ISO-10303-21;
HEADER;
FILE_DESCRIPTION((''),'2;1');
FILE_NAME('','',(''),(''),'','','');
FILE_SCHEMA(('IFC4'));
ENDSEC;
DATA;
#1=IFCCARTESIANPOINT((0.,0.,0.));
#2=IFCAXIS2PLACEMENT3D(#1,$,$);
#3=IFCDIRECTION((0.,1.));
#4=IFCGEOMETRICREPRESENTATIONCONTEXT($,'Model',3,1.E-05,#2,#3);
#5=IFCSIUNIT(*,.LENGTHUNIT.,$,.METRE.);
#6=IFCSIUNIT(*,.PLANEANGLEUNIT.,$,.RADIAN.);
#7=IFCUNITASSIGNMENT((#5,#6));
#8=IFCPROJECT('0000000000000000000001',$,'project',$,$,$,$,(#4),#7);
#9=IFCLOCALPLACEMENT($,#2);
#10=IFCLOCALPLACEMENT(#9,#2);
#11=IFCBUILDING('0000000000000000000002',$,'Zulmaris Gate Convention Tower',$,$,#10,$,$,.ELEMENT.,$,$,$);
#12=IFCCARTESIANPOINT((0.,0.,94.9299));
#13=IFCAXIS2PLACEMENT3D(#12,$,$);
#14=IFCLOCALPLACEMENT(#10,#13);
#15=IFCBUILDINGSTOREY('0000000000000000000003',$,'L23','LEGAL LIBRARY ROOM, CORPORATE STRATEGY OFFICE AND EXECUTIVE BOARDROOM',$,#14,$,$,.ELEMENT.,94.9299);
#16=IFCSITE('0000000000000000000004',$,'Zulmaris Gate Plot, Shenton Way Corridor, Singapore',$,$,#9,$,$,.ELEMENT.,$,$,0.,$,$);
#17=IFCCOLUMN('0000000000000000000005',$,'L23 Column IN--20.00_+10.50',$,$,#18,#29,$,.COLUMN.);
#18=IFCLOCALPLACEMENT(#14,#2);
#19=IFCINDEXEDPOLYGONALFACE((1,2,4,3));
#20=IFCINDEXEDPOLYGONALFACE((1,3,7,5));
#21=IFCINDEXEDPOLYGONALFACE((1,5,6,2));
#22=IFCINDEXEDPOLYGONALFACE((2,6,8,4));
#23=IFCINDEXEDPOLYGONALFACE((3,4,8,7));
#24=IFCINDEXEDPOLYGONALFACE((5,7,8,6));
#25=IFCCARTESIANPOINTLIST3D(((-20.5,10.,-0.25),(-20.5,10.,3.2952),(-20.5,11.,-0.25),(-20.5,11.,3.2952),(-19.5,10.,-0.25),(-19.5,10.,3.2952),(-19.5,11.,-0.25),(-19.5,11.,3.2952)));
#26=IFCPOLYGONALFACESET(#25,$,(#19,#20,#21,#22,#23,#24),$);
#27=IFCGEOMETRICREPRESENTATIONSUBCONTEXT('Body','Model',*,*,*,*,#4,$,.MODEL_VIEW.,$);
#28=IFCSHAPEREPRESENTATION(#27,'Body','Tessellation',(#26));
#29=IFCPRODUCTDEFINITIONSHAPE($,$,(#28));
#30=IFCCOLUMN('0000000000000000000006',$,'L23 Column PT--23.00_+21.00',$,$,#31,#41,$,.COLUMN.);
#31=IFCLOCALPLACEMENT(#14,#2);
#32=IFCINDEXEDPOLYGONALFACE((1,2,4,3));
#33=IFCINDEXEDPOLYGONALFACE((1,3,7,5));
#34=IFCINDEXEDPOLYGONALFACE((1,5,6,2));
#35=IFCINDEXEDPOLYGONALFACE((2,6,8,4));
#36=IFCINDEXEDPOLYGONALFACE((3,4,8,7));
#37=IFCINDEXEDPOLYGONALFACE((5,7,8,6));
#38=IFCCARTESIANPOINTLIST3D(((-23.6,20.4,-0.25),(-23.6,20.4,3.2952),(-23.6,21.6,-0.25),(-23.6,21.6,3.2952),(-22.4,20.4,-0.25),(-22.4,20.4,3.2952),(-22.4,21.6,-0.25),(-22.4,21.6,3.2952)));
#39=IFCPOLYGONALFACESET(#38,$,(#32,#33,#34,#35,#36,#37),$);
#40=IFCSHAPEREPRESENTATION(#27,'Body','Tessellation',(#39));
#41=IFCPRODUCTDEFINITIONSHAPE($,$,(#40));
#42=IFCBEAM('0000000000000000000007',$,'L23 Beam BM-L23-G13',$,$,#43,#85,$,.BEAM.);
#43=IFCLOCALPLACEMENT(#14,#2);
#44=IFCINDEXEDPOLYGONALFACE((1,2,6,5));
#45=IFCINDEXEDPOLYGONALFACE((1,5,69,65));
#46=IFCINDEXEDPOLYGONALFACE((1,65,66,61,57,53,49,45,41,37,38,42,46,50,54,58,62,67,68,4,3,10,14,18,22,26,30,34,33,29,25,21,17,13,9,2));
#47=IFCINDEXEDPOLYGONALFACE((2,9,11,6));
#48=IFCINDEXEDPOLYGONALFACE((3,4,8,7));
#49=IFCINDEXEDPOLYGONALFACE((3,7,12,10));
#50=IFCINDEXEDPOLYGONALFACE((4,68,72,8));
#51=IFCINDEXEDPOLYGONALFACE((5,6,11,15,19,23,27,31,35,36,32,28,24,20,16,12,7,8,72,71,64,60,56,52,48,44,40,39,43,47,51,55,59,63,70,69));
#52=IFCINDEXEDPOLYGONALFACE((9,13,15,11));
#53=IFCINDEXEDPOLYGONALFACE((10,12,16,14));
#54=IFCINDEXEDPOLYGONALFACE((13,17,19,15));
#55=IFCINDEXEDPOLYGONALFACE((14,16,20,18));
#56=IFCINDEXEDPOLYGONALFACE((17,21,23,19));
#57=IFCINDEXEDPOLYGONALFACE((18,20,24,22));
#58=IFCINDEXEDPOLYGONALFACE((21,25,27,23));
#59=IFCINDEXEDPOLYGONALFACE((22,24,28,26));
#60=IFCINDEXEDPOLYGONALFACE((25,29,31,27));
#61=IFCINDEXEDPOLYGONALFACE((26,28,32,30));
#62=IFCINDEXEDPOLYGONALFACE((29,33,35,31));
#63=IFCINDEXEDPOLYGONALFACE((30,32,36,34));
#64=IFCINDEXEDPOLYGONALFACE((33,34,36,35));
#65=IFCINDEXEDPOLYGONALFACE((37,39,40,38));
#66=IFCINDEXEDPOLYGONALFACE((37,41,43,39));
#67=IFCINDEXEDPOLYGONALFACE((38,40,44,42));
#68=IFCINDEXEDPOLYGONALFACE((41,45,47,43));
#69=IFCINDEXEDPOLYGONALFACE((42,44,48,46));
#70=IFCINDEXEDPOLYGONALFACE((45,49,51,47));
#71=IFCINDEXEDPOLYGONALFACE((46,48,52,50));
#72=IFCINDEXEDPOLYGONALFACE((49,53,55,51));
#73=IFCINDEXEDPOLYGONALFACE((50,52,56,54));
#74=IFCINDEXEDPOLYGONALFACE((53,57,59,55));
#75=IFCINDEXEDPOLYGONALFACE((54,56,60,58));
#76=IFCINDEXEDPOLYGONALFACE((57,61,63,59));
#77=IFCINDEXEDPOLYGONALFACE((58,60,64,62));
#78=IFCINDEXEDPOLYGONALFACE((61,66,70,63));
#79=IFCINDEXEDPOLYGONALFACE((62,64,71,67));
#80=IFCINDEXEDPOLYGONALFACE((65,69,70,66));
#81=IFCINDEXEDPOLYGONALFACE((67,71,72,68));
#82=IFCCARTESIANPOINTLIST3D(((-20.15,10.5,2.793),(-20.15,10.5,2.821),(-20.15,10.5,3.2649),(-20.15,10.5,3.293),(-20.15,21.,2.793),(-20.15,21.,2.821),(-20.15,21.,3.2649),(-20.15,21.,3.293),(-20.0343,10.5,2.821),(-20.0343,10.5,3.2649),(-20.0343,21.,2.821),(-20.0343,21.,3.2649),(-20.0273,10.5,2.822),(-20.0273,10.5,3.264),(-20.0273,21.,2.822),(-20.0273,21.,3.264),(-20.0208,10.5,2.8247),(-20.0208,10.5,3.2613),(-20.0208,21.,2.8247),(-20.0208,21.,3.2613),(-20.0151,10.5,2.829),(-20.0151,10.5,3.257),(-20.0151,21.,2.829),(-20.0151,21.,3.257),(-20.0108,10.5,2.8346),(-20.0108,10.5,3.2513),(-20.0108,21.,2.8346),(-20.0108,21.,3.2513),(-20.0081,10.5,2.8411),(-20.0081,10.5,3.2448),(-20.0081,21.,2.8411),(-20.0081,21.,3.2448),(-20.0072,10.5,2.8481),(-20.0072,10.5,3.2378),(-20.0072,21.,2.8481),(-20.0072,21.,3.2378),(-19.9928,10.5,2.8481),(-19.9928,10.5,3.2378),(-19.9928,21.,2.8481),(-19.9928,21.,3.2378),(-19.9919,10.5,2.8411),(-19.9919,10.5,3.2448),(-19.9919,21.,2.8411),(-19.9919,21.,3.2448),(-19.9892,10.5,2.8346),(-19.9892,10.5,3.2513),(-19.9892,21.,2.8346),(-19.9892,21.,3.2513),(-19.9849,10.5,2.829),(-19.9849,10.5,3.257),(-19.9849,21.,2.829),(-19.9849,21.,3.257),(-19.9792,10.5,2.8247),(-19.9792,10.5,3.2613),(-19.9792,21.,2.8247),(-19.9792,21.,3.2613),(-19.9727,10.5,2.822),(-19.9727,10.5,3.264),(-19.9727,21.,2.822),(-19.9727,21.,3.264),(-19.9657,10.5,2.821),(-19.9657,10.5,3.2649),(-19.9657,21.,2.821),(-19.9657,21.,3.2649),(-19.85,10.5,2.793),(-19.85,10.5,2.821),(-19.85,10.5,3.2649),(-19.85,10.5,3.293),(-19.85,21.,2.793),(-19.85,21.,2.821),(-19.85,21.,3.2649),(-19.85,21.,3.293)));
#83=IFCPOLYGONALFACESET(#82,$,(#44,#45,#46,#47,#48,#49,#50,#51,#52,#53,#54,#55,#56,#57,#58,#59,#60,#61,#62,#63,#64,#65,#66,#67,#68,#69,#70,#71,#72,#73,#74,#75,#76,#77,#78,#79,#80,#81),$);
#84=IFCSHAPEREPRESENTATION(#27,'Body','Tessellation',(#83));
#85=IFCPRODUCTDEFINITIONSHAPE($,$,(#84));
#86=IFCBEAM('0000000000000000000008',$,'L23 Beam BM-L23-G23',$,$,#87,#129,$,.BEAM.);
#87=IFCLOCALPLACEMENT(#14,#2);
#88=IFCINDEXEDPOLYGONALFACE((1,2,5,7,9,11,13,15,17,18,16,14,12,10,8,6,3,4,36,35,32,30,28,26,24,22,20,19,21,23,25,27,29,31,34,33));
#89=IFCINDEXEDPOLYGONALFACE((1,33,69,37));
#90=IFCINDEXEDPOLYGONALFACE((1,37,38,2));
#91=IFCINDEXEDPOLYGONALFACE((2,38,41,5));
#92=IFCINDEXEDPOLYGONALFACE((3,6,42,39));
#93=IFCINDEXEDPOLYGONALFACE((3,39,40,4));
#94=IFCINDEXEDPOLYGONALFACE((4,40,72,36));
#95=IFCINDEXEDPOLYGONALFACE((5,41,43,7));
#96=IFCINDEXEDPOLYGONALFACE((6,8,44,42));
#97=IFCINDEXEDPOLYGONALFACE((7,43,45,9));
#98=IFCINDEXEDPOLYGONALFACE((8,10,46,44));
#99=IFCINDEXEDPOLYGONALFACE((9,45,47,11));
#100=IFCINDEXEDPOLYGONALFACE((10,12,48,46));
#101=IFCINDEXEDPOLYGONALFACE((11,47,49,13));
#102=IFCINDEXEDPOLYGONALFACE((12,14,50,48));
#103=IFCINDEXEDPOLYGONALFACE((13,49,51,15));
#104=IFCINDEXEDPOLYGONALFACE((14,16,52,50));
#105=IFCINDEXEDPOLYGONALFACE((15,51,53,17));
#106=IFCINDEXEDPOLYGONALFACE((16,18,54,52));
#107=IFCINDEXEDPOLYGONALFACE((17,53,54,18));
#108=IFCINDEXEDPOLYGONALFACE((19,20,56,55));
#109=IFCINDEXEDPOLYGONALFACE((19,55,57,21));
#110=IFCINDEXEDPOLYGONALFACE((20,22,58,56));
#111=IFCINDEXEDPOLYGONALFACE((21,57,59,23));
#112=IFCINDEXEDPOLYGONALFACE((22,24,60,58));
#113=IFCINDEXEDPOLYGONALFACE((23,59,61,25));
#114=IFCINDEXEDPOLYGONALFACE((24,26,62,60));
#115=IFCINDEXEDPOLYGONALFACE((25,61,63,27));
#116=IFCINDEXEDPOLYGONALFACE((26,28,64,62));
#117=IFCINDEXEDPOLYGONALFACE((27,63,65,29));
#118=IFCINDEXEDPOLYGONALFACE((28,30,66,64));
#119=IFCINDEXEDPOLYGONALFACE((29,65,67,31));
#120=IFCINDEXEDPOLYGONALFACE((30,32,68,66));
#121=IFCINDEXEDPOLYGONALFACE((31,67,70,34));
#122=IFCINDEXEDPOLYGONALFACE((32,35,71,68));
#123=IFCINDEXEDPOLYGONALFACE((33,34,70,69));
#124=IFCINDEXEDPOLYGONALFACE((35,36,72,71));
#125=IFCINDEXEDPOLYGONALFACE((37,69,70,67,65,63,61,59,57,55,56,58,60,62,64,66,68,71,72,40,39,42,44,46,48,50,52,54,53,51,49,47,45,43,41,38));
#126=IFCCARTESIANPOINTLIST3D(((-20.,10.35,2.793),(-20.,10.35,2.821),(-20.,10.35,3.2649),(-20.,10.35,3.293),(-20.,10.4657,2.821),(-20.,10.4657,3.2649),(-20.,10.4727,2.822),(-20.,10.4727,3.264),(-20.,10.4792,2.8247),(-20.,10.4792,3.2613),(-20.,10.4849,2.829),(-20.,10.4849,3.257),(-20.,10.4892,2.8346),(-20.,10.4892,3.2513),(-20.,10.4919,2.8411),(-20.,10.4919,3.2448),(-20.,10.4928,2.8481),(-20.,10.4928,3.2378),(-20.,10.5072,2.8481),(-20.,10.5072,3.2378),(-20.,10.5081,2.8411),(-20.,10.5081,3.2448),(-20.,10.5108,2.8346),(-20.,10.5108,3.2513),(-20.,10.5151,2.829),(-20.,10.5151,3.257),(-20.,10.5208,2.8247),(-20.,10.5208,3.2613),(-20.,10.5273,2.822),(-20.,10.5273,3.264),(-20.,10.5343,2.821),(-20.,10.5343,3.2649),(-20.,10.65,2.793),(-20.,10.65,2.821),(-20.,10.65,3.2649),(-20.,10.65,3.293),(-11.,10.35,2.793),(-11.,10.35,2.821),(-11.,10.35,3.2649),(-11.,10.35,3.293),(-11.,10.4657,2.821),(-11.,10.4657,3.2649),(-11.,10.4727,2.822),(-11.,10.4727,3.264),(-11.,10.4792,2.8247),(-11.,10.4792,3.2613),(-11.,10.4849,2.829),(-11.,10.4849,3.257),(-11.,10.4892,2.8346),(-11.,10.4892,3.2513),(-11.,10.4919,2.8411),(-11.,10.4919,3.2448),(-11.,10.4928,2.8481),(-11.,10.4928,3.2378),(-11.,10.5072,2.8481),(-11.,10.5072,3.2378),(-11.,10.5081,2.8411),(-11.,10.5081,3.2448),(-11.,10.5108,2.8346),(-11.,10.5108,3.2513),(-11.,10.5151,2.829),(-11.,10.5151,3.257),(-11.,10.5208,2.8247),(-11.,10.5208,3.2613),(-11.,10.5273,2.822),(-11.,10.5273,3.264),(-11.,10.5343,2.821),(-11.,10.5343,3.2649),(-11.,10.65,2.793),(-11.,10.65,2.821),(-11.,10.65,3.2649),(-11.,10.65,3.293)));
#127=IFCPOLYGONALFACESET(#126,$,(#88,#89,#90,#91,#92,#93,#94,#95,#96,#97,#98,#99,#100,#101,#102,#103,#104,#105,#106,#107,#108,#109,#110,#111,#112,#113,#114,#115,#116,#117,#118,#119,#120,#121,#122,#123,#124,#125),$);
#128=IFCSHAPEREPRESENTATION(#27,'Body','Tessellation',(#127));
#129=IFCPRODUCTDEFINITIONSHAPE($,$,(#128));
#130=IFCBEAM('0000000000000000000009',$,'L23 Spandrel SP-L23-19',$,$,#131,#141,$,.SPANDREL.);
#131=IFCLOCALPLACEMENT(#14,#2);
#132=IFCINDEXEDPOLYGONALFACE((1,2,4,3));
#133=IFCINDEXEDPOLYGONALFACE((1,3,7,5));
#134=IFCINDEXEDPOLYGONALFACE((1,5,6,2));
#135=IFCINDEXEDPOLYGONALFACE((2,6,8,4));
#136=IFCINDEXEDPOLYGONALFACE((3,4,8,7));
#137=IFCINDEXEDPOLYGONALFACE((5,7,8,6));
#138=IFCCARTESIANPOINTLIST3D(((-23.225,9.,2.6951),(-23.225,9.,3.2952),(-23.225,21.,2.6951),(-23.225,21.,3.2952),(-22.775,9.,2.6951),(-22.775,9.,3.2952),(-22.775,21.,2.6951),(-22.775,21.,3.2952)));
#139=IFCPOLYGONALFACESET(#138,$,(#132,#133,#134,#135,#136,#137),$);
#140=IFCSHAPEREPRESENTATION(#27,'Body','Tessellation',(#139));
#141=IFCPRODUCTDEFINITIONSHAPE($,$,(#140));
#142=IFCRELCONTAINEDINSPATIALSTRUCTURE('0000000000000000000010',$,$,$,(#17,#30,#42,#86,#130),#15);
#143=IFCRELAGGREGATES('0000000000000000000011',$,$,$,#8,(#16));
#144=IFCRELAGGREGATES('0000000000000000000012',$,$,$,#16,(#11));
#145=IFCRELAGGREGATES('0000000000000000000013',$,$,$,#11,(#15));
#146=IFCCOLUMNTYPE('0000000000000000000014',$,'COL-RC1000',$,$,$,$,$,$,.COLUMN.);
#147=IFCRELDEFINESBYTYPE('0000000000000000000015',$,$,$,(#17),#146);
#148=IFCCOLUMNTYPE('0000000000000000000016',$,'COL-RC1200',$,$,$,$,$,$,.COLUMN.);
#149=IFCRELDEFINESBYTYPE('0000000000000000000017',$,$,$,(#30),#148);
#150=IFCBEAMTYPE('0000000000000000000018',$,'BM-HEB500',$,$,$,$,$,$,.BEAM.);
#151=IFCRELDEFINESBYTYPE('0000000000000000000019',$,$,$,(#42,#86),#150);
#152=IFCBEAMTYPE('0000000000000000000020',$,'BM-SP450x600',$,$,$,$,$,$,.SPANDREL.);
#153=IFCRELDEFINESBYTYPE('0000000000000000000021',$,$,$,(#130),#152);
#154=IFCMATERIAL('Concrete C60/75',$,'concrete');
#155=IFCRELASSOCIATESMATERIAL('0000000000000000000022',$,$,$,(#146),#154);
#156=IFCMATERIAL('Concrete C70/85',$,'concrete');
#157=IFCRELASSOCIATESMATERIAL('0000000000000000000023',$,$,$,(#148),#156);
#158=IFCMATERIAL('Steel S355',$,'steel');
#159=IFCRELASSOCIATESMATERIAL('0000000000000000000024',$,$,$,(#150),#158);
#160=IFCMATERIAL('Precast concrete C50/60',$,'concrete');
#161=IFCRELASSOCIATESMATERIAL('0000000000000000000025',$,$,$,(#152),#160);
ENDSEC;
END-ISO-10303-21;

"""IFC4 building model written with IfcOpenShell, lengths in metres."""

from ifc_helpers import new_model, si_unit, direction, frame, origin, origin_2d, place, context, subcontext, project, spatial, rectangle, i_section, extrude, material, material_profile, profile_set, type_object, element, save


model = new_model("IFC4")

# Units and contexts
model_context = context("Model", 3, precision=1e-05, world=origin(), true_north=direction((0.0, 1.0)))
body_context = subcontext(model_context, "Body", "Model", "MODEL_VIEW")
ifc_project = project(units=[si_unit("LENGTHUNIT", "METRE"), si_unit("PLANEANGLEUNIT", "RADIAN")], contexts=[model_context])

# Site, building, storey
site_placement = place(None, origin())
site = spatial("IfcSite", under=ifc_project, at=site_placement, Name="Zulmaris Gate Plot, Shenton Way Corridor, Singapore", CompositionType="ELEMENT", RefElevation=0.0)
building_placement = place(site_placement, origin())
building = spatial("IfcBuilding", under=site, at=building_placement, Name="Zulmaris Gate Convention Tower", CompositionType="ELEMENT")
storey_placement = place(building_placement, frame((0.0, 0.0, 94.9299)))
storey = spatial("IfcBuildingStorey", under=building, at=storey_placement, Name="L23", Description="LEGAL LIBRARY ROOM, CORPORATE STRATEGY OFFICE AND EXECUTIVE BOARDROOM", CompositionType="ELEMENT", Elevation=94.9299)

# Columns
ifc_material_1 = material(Name="Concrete C60/75", Category="concrete")
ifc_material_profile_1 = material_profile(ifc_material_1, rectangle(XDim=1.0, YDim=1.0, at=origin_2d()), Name="RC COL 1000x1000")
ifc_profile_set_1 = profile_set([ifc_material_profile_1], Name="Concrete C60/75")
column_type_1 = type_object("IfcColumnType", Name="COL-RC1000", PredefinedType="COLUMN", material=ifc_profile_set_1)
column_1_placement = place(storey_placement, frame((-20.0, 10.5, -0.25), z_axis=(0.0, 0.0, 1.0), x_axis=(1.0, 0.0, 0.0)))
element("IfcColumn", 1, at=column_1_placement, inside=storey, type_object=column_type_1, Name="L23 Column IN--20.00_+10.50", PredefinedType="COLUMN", context=body_context, shape_type="SweptSolid", body=[
    extrude(rectangle(XDim=1.0, YDim=1.0, at=origin_2d()), origin(), (0.0, 0.0, 1.0), 3.5452),
])
ifc_material_2 = material(Name="Concrete C70/85", Category="concrete")
ifc_material_profile_2 = material_profile(ifc_material_2, rectangle(XDim=1.2, YDim=1.2, at=origin_2d()), Name="RC COL 1200x1200")
ifc_profile_set_2 = profile_set([ifc_material_profile_2], Name="Concrete C70/85")
column_type_2 = type_object("IfcColumnType", Name="COL-RC1200", PredefinedType="COLUMN", material=ifc_profile_set_2)
column_2_placement = place(storey_placement, frame((-23.0, 21.0, -0.25), z_axis=(0.0, 0.0, 1.0), x_axis=(1.0, 0.0, 0.0)))
element("IfcColumn", 2, at=column_2_placement, inside=storey, type_object=column_type_2, Name="L23 Column PT--23.00_+21.00", PredefinedType="COLUMN", context=body_context, shape_type="SweptSolid", body=[
    extrude(rectangle(XDim=1.2, YDim=1.2, at=origin_2d()), origin(), (0.0, 0.0, 1.0), 3.5452),
])

# Beams
ifc_material_3 = material(Name="Steel S355", Category="steel")
ifc_material_profile_3 = material_profile(ifc_material_3, i_section(OverallWidth=0.3, OverallDepth=0.5, WebThickness=0.0144, FlangeThickness=0.0281, FilletRadius=0.0271, at=origin_2d()), Name="HEB 500")
ifc_profile_set_3 = profile_set([ifc_material_profile_3], Name="Steel S355")
beam_type_1 = type_object("IfcBeamType", Name="BM-HEB500", PredefinedType="BEAM", material=ifc_profile_set_3)
beam_1_placement = place(storey_placement, frame((-20.0, 10.5, 3.043), z_axis=(0.0, 1.0, 0.0), x_axis=(-1.0, 0.0, 0.0)))
element("IfcBeam", 3, at=beam_1_placement, inside=storey, type_object=beam_type_1, Name="L23 Beam BM-L23-G13", PredefinedType="BEAM", context=body_context, shape_type="SweptSolid", body=[
    extrude(i_section(OverallWidth=0.3, OverallDepth=0.5, WebThickness=0.0144, FlangeThickness=0.0281, FilletRadius=0.0271, at=origin_2d()), origin(), (0.0, 0.0, 1.0), 10.5),
])
beam_2_placement = place(storey_placement, frame((-20.0, 10.5, 3.043), z_axis=(1.0, 0.0, 0.0), x_axis=(0.0, 1.0, 0.0)))
element("IfcBeam", 4, at=beam_2_placement, inside=storey, type_object=beam_type_1, Name="L23 Beam BM-L23-G23", PredefinedType="BEAM", context=body_context, shape_type="SweptSolid", body=[
    extrude(i_section(OverallWidth=0.3, OverallDepth=0.5, WebThickness=0.0144, FlangeThickness=0.0281, FilletRadius=0.0271, at=origin_2d()), origin(), (0.0, 0.0, 1.0), 9.0),
])
ifc_material_4 = material(Name="Precast concrete C50/60", Category="concrete")
ifc_material_profile_4 = material_profile(ifc_material_4, rectangle(XDim=0.45, YDim=0.6001, at=origin_2d()), Name="RC SPANDREL 450x600")
ifc_profile_set_4 = profile_set([ifc_material_profile_4], Name="Precast concrete C50/60")
beam_type_2 = type_object("IfcBeamType", Name="BM-SP450x600", PredefinedType="SPANDREL", material=ifc_profile_set_4)
beam_3_placement = place(storey_placement, frame((-23.0, 21.0, 2.9951), z_axis=(0.0, -1.0, 0.0), x_axis=(1.0, 0.0, 0.0)))
element("IfcBeam", 5, at=beam_3_placement, inside=storey, type_object=beam_type_2, Name="L23 Spandrel SP-L23-19", PredefinedType="SPANDREL", context=body_context, shape_type="SweptSolid", body=[
    extrude(rectangle(XDim=0.45, YDim=0.6001, at=origin_2d()), origin(), (0.0, 0.0, 1.0), 12.0),
])

save(model, "model.ifc")
